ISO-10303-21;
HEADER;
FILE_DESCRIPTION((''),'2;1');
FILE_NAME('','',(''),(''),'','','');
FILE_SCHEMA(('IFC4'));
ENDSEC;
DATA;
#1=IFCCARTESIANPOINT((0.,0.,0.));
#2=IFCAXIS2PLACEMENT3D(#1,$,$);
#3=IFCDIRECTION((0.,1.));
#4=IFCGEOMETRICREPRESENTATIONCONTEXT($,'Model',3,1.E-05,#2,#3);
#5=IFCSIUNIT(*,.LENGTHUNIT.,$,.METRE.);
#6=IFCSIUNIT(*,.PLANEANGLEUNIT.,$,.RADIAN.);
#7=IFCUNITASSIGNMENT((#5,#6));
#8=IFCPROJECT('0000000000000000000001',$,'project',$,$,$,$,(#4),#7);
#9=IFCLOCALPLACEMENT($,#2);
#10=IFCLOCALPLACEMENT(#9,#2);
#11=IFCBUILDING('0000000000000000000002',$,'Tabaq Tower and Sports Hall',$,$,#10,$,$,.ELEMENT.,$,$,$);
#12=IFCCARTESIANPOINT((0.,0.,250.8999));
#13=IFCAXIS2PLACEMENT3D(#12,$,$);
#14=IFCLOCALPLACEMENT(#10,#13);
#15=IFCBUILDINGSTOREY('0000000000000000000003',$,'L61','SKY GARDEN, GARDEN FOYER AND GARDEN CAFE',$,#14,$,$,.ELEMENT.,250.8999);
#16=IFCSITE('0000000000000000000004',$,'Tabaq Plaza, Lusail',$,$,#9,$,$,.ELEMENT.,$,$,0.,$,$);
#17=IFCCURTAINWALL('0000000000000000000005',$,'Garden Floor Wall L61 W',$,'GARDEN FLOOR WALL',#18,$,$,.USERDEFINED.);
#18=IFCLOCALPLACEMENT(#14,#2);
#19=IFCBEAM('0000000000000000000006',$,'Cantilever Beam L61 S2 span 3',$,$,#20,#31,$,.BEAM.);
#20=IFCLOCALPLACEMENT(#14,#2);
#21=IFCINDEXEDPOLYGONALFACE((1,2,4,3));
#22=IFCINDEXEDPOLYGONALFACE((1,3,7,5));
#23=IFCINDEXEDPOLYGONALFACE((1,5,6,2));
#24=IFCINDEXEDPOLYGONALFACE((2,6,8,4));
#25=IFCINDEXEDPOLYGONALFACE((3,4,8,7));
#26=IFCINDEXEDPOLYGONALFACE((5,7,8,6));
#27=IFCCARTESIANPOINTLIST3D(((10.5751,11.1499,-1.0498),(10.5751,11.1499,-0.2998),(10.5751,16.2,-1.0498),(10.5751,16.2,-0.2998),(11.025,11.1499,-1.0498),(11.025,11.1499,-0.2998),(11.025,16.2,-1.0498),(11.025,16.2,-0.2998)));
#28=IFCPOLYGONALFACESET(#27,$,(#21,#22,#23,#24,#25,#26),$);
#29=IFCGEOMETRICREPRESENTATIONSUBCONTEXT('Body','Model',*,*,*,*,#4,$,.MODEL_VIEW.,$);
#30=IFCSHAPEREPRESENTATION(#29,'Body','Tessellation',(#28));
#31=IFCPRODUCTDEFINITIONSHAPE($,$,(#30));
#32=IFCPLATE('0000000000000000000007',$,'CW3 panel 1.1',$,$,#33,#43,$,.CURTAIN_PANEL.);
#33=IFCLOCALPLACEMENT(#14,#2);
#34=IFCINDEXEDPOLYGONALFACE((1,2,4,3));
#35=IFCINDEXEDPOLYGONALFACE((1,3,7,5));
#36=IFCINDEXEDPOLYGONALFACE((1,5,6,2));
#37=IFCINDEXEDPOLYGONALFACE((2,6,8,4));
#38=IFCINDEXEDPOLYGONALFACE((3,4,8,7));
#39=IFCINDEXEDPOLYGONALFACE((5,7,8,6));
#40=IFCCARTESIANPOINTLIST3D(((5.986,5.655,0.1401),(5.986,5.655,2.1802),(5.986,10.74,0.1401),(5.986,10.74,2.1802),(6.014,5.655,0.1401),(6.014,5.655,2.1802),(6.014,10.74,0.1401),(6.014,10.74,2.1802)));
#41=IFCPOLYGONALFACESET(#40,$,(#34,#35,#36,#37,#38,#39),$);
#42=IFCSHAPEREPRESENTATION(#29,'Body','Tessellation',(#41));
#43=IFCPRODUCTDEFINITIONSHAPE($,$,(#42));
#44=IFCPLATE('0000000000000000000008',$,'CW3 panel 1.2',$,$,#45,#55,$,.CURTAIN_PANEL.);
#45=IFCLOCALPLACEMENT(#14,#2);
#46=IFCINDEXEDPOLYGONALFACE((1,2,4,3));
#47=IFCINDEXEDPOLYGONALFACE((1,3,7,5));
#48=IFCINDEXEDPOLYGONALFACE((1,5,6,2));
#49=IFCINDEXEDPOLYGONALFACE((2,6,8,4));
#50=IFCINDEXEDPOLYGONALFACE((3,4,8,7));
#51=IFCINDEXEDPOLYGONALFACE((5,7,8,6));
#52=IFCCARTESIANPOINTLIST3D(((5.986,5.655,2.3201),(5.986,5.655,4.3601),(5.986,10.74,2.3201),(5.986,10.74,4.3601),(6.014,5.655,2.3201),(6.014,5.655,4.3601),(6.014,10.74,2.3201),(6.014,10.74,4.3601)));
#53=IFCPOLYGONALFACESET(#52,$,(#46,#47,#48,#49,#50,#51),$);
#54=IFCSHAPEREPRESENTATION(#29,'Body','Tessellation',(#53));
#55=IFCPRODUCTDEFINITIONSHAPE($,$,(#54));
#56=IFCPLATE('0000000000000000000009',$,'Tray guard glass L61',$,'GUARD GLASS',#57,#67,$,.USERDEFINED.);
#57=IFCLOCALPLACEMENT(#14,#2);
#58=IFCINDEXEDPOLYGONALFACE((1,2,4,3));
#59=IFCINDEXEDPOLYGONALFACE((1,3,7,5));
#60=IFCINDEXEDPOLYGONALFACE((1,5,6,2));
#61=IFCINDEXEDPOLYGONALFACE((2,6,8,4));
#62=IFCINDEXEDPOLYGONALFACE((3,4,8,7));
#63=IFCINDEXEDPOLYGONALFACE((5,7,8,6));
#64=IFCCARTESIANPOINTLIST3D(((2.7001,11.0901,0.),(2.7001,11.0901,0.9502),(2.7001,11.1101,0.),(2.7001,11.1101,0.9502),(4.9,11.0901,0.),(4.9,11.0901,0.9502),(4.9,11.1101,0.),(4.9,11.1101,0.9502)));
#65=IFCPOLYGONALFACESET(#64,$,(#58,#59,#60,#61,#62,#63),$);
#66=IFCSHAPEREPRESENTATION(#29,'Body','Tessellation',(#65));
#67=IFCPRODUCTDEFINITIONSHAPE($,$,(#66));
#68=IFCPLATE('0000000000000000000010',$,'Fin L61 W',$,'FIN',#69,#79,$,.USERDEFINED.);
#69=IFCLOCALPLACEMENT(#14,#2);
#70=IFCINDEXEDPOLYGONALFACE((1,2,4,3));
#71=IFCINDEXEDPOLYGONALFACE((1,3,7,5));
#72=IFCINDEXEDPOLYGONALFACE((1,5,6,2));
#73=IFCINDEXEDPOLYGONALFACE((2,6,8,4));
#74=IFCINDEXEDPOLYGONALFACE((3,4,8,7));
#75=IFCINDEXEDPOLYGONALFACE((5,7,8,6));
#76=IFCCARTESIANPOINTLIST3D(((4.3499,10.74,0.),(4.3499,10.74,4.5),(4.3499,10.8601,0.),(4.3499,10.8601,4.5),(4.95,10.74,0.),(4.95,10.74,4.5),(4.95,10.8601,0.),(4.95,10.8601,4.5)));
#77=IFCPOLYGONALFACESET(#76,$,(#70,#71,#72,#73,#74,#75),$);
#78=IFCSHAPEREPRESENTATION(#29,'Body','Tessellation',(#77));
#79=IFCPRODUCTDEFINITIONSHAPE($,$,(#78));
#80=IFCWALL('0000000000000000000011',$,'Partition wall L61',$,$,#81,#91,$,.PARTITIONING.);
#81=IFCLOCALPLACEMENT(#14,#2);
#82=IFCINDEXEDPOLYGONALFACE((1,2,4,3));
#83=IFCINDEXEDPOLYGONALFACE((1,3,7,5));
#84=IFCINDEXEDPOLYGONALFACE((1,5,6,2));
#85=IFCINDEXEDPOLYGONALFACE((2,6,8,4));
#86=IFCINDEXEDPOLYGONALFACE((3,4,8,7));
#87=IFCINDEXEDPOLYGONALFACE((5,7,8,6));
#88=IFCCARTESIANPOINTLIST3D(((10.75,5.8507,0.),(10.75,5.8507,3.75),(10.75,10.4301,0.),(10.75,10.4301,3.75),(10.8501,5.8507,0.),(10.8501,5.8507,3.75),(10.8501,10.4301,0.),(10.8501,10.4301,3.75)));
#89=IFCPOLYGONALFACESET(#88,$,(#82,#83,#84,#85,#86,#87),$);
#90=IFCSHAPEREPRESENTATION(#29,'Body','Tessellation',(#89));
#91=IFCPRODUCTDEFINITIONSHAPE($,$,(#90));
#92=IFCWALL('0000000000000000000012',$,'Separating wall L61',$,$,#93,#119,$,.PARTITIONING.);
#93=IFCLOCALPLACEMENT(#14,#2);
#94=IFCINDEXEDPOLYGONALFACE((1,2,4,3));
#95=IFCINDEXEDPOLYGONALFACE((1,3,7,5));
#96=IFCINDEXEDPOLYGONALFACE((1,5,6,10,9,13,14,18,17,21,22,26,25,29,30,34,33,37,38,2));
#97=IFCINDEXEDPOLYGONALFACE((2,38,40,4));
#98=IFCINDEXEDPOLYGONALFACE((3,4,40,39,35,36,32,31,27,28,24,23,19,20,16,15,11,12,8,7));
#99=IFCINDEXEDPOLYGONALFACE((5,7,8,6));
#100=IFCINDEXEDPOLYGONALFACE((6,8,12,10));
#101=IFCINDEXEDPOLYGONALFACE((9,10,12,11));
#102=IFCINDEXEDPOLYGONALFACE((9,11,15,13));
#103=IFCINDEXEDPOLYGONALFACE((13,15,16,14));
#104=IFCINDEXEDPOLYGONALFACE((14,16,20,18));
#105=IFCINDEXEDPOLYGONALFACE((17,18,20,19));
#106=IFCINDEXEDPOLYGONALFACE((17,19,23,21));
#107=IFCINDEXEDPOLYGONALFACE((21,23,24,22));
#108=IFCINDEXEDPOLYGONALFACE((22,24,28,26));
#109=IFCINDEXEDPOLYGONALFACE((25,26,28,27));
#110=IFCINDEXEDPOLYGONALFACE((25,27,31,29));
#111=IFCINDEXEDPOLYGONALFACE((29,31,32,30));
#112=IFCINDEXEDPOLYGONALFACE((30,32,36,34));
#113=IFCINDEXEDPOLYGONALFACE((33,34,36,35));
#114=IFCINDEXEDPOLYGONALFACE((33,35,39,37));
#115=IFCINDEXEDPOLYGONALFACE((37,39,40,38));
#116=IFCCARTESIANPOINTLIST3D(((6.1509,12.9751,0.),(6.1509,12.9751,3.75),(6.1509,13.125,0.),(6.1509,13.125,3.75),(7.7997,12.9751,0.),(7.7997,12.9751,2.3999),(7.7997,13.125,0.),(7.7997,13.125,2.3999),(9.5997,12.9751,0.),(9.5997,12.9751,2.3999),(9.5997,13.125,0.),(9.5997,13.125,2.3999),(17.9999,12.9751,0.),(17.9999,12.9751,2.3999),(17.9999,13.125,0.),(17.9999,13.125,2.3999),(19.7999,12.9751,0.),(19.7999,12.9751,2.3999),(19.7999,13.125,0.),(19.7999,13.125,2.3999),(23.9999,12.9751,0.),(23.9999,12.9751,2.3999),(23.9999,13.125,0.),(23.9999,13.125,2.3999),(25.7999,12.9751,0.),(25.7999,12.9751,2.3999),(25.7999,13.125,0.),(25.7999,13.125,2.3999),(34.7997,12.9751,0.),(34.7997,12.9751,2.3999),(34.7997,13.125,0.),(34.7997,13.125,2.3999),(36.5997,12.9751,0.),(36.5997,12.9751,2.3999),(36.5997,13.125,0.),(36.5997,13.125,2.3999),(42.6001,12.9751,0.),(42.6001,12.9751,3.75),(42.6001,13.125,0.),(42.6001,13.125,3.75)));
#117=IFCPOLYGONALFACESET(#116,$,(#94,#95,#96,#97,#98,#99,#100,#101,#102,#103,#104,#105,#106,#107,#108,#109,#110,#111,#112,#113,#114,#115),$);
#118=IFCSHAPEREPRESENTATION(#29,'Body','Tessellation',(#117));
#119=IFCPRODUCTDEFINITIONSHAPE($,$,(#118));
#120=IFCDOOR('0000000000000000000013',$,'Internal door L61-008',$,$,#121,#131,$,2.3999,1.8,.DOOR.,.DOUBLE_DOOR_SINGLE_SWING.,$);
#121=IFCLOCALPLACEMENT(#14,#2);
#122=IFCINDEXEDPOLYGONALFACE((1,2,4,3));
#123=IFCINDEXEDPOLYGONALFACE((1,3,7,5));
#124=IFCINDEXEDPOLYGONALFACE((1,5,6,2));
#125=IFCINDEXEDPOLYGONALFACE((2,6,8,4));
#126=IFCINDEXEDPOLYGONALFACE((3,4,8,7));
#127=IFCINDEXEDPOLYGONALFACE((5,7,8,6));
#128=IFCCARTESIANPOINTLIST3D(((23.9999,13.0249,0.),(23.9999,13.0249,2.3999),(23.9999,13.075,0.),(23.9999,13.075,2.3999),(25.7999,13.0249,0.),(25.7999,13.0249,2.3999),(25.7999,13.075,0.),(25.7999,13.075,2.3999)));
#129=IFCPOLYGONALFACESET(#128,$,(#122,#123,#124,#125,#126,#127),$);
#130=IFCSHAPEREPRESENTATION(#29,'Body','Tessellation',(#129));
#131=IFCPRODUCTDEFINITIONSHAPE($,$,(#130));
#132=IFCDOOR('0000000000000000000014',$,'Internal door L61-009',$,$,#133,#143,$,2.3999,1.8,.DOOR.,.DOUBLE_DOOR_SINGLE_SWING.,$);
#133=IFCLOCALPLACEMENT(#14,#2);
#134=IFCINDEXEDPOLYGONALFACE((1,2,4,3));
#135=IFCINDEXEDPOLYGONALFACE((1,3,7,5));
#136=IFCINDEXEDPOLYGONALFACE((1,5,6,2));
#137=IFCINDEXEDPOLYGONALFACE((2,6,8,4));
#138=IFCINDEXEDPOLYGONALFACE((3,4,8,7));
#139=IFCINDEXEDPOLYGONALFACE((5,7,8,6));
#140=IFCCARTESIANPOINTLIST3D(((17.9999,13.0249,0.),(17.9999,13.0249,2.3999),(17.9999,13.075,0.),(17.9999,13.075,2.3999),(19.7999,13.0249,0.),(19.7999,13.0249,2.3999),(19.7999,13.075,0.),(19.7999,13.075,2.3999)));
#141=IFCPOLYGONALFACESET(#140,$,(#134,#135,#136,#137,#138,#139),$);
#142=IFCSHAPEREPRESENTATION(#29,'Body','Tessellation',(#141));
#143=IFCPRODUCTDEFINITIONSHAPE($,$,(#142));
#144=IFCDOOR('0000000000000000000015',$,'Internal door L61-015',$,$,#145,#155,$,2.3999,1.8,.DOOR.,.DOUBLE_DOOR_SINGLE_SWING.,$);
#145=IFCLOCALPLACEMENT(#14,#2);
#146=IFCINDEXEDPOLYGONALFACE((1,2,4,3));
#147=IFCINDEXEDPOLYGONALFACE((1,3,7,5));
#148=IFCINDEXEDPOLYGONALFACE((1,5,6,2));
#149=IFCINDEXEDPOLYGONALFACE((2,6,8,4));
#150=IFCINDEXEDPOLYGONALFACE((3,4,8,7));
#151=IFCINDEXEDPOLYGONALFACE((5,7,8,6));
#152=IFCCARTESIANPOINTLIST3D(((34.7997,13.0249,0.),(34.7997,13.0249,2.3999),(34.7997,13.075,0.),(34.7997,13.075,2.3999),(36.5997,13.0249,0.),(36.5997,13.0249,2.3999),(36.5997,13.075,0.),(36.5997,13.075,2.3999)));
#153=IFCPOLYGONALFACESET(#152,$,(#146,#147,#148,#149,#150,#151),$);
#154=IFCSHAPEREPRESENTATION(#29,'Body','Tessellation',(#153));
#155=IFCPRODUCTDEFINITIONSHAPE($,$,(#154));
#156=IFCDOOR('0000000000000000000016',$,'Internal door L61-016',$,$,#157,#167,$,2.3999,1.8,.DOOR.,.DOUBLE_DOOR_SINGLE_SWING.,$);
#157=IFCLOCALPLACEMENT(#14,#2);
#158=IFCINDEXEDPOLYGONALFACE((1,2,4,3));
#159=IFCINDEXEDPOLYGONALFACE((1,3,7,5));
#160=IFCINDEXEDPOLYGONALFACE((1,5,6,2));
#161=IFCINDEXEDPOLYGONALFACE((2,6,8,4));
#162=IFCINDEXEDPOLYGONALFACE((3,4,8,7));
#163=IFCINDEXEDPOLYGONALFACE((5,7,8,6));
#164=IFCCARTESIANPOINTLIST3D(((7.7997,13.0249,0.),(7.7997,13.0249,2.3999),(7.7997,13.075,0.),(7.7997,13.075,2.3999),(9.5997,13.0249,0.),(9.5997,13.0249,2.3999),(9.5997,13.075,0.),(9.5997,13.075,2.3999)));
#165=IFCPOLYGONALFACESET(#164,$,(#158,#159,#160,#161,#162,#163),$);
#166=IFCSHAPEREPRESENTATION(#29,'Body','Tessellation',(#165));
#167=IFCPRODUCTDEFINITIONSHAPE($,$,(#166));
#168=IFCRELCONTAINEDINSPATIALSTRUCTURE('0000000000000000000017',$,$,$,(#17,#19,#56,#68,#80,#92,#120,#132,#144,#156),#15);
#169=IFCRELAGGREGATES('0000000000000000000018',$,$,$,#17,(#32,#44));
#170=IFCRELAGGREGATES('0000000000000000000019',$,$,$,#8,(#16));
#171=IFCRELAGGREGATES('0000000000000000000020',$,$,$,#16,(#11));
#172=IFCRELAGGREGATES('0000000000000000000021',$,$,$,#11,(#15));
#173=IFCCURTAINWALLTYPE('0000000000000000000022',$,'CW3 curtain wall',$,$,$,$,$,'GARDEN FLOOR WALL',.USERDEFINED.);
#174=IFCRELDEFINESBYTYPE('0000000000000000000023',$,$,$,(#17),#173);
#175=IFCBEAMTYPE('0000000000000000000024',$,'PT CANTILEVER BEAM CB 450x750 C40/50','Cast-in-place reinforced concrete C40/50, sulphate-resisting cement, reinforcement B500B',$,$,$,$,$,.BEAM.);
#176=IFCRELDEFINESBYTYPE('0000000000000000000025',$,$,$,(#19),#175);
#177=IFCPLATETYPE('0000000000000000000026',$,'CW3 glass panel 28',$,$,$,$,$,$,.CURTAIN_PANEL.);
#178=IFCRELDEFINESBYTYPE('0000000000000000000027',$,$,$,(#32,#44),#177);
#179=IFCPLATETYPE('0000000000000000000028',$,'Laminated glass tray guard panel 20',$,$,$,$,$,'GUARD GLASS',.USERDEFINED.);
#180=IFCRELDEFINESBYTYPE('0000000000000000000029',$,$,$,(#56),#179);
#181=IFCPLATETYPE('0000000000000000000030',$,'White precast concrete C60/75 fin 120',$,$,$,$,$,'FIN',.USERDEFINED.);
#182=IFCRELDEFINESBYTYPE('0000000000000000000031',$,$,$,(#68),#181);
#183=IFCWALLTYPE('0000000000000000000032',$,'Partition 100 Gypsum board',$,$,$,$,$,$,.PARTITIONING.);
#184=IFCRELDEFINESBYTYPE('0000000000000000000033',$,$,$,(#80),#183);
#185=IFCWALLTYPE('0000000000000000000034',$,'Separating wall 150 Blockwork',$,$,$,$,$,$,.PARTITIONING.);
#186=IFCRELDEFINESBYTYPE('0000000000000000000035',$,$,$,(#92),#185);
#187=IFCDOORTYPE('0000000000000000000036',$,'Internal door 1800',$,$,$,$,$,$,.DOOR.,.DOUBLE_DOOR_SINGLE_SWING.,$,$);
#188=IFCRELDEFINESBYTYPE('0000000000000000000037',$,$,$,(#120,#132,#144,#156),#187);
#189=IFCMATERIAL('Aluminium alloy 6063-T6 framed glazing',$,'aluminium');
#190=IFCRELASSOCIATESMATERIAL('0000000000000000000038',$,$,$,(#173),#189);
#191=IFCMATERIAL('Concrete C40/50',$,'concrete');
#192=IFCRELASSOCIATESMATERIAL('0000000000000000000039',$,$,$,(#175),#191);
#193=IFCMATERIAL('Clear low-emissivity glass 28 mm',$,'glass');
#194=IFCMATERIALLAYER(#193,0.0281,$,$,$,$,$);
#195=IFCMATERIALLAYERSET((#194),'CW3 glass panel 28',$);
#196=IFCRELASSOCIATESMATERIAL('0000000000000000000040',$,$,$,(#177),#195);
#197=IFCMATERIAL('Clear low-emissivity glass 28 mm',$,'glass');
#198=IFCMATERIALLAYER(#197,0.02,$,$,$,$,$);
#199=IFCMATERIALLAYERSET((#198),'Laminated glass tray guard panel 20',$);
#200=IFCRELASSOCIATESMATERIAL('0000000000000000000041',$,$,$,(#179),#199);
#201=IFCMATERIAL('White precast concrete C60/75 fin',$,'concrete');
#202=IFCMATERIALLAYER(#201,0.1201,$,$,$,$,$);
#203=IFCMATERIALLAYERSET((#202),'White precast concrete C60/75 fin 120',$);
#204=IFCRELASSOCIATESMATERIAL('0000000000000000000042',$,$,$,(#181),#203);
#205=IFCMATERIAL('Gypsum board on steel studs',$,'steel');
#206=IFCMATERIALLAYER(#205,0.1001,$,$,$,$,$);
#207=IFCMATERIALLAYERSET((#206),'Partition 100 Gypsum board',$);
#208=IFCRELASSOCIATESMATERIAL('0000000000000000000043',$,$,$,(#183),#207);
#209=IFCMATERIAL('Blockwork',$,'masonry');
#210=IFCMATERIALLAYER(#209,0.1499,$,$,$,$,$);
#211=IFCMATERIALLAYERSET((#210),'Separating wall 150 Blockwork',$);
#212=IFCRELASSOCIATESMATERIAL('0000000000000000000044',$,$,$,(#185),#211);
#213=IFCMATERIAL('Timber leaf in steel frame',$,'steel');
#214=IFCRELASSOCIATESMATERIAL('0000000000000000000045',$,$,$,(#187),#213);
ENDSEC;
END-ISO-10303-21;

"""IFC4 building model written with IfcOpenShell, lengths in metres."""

from ifc_helpers import new_model, si_unit, direction, frame, frame_2d, origin, origin_2d, place, context, subcontext, project, spatial, rectangle, extrude, material, layer, layer_set, material_profile, profile_set, type_object, element, fill, aggregate, save


model = new_model("IFC4")

# Units and contexts
model_context = context("Model", 3, precision=1e-05, world=origin(), true_north=direction((0.0, 1.0)))
body_context = subcontext(model_context, "Body", "Model", "MODEL_VIEW")
ifc_project = project(units=[si_unit("LENGTHUNIT", "METRE"), si_unit("PLANEANGLEUNIT", "RADIAN")], contexts=[model_context])

# Site, building, storey
site_placement = place(None, origin())
site = spatial("IfcSite", under=ifc_project, at=site_placement, Name="Tabaq Plaza, Lusail", CompositionType="ELEMENT", RefElevation=0.0)
building_placement = place(site_placement, origin())
building = spatial("IfcBuilding", under=site, at=building_placement, Name="Tabaq Tower and Sports Hall", CompositionType="ELEMENT")
storey_placement = place(building_placement, frame((0.0, 0.0, 250.8999)))
storey = spatial("IfcBuildingStorey", under=building, at=storey_placement, Name="L61", Description="SKY GARDEN, GARDEN FOYER AND GARDEN CAFE", CompositionType="ELEMENT", Elevation=250.8999)

# Curtain wall
ifc_material_1 = material(Name="Aluminium alloy 6063-T6 framed glazing", Category="aluminium")
curtain_wall_type = type_object("IfcCurtainWallType", Name="CW3 curtain wall", ElementType="GARDEN FLOOR WALL", PredefinedType="USERDEFINED", material=ifc_material_1)
curtain_wall_placement = place(storey_placement, origin())
curtain_wall = element("IfcCurtainWall", 1, at=curtain_wall_placement, inside=storey, type_object=curtain_wall_type, Name="Garden Floor Wall L61 W", ObjectType="GARDEN FLOOR WALL", PredefinedType="USERDEFINED")

# Beam
ifc_material_2 = material(Name="Concrete C40/50", Category="concrete")
ifc_material_profile_1 = material_profile(ifc_material_2, rectangle(XDim=0.45, YDim=0.75, at=origin_2d()), Name="CB 450x750")
ifc_profile_set_1 = profile_set([ifc_material_profile_1], Name="Concrete C40/50")
beam_type_1 = type_object("IfcBeamType", Name="PT CANTILEVER BEAM CB 450x750 C40/50", Description="Cast-in-place reinforced concrete C40/50, sulphate-resisting cement, reinforcement B500B", PredefinedType="BEAM", material=ifc_profile_set_1)
beam_1_placement = place(storey_placement, frame((10.8, 11.1499, -0.6748), z_axis=(0.0, 1.0, 0.0), x_axis=(-1.0, 0.0, 0.0)))
element("IfcBeam", 2, at=beam_1_placement, inside=storey, type_object=beam_type_1, Name="Cantilever Beam L61 S2 span 3", PredefinedType="BEAM", context=body_context, shape_type="SweptSolid", body=[
    extrude(rectangle(XDim=0.45, YDim=0.75, at=origin_2d()), origin(), (0.0, 0.0, 1.0), 5.05),
])

# Plates
ifc_material_3 = material(Name="Clear low-emissivity glass 28 mm", Category="glass")
ifc_layer_1 = layer(ifc_material_3, 0.0281)
ifc_layer_set_1 = layer_set([ifc_layer_1], Name="CW3 glass panel 28")
plate_type_1 = type_object("IfcPlateType", Name="CW3 glass panel 28", PredefinedType="CURTAIN_PANEL", material=ifc_layer_set_1)
plate_1_placement = place(storey_placement, frame((6.0, 8.1975, 0.1401), z_axis=(0.0, 0.0, 1.0), x_axis=(0.0, -1.0, 0.0)))
plate_1 = element("IfcPlate", 3, at=plate_1_placement, type_object=plate_type_1, Name="CW3 panel 1.1", PredefinedType="CURTAIN_PANEL", context=body_context, shape_type="SweptSolid", body=[
    extrude(rectangle(XDim=5.085, YDim=0.0281, at=origin_2d()), origin(), (0.0, 0.0, 1.0), 2.04),
])
plate_2_placement = place(storey_placement, frame((6.0, 8.1975, 2.3201), z_axis=(0.0, 0.0, 1.0), x_axis=(0.0, -1.0, 0.0)))
plate_2 = element("IfcPlate", 4, at=plate_2_placement, type_object=plate_type_1, Name="CW3 panel 1.2", PredefinedType="CURTAIN_PANEL", context=body_context, shape_type="SweptSolid", body=[
    extrude(rectangle(XDim=5.085, YDim=0.0281, at=origin_2d()), origin(), (0.0, 0.0, 1.0), 2.04),
])
aggregate(curtain_wall, [plate_1, plate_2])

# Plates
ifc_material_4 = material(Name="Clear low-emissivity glass 28 mm", Category="glass")
ifc_layer_2 = layer(ifc_material_4, 0.02)
ifc_layer_set_2 = layer_set([ifc_layer_2], Name="Laminated glass tray guard panel 20")
plate_type_2 = type_object("IfcPlateType", Name="Laminated glass tray guard panel 20", ElementType="GUARD GLASS", PredefinedType="USERDEFINED", material=ifc_layer_set_2)
plate_3_placement = place(storey_placement, frame((2.7, 11.1001, 0.0), z_axis=(0.0, 0.0, 1.0), x_axis=(1.0, 0.0, 0.0)))
element("IfcPlate", 5, at=plate_3_placement, inside=storey, type_object=plate_type_2, Name="Tray guard glass L61", ObjectType="GUARD GLASS", PredefinedType="USERDEFINED", context=body_context, shape_type="SweptSolid", body=[
    extrude(rectangle(XDim=2.2, YDim=0.02, at=frame_2d((1.1001, 0.0))), origin(), (0.0, 0.0, 1.0), 0.9502),
])
ifc_material_5 = material(Name="White precast concrete C60/75 fin", Category="concrete")
ifc_layer_3 = layer(ifc_material_5, 0.1201)
ifc_layer_set_3 = layer_set([ifc_layer_3], Name="White precast concrete C60/75 fin 120")
plate_type_3 = type_object("IfcPlateType", Name="White precast concrete C60/75 fin 120", ElementType="FIN", PredefinedType="USERDEFINED", material=ifc_layer_set_3)
plate_4_placement = place(storey_placement, frame((4.6499, 10.8, 0.0), z_axis=(0.0, 0.0, 1.0), x_axis=(0.0, -1.0, 0.0)))
element("IfcPlate", 6, at=plate_4_placement, inside=storey, type_object=plate_type_3, Name="Fin L61 W", ObjectType="FIN", PredefinedType="USERDEFINED", context=body_context, shape_type="SweptSolid", body=[
    extrude(rectangle(XDim=0.1201, YDim=0.6001, at=origin_2d()), origin(), (0.0, 0.0, 1.0), 4.5),
])

# Wall
ifc_material_6 = material(Name="Gypsum board on steel studs", Category="steel")
ifc_layer_4 = layer(ifc_material_6, 0.1001)
ifc_layer_set_4 = layer_set([ifc_layer_4], Name="Partition 100 Gypsum board")
wall_type_1 = type_object("IfcWallType", Name="Partition 100 Gypsum board", PredefinedType="PARTITIONING", material=ifc_layer_set_4)
wall_1_placement = place(storey_placement, frame((10.8, 10.4299, 0.0), z_axis=(0.0, 0.0, 1.0), x_axis=(0.0, -1.0, 0.0)))
element("IfcWall", 7, at=wall_1_placement, inside=storey, type_object=wall_type_1, Name="Partition wall L61", PredefinedType="PARTITIONING", context=body_context, shape_type="SweptSolid", body=[
    extrude(rectangle(XDim=4.5793, YDim=0.1001, at=frame_2d((2.2896, 0.0))), origin(), (0.0, 0.0, 1.0), 3.75),
])

# Wall, openings, doors
ifc_material_7 = material(Name="Blockwork", Category="masonry")
ifc_layer_5 = layer(ifc_material_7, 0.1499)
ifc_layer_set_5 = layer_set([ifc_layer_5], Name="Separating wall 150 Blockwork")
wall_type_2 = type_object("IfcWallType", Name="Separating wall 150 Blockwork", PredefinedType="PARTITIONING", material=ifc_layer_set_5)
wall_2_placement = place(storey_placement, frame((6.1509, 13.05, 0.0), z_axis=(0.0, 0.0, 1.0), x_axis=(1.0, 0.0, 0.0)))
wall_2 = element("IfcWall", 8, at=wall_2_placement, inside=storey, type_object=wall_type_2, Name="Separating wall L61", PredefinedType="PARTITIONING", context=body_context, shape_type="SweptSolid", body=[
    extrude(rectangle(XDim=36.4492, YDim=0.1499, at=frame_2d((18.2246, 0.0))), origin(), (0.0, 0.0, 1.0), 3.75),
])
opening_1_placement = place(wall_2_placement, frame((17.8491, 0.0, 0.0)))
opening_1 = element("IfcOpeningElement", 9, at=opening_1_placement, cuts=wall_2, PredefinedType="OPENING", context=body_context, shape_type="SweptSolid", body=[
    extrude(rectangle(XDim=1.8, YDim=2.3999, at=frame_2d((0.8999, 1.2))), frame((0.0, 0.075, 0.0), z_axis=(0.0, -1.0, 0.0), x_axis=(1.0, 0.0, 0.0)), (0.0, 0.0, 1.0), 0.1499),
])
opening_2_placement = place(wall_2_placement, frame((11.8491, 0.0, 0.0)))
opening_2 = element("IfcOpeningElement", 10, at=opening_2_placement, cuts=wall_2, PredefinedType="OPENING", context=body_context, shape_type="SweptSolid", body=[
    extrude(rectangle(XDim=1.8, YDim=2.3999, at=frame_2d((0.8999, 1.2))), frame((0.0, 0.075, 0.0), z_axis=(0.0, -1.0, 0.0), x_axis=(1.0, 0.0, 0.0)), (0.0, 0.0, 1.0), 0.1499),
])
opening_3_placement = place(wall_2_placement, frame((28.6489, 0.0, 0.0)))
opening_3 = element("IfcOpeningElement", 11, at=opening_3_placement, cuts=wall_2, PredefinedType="OPENING", context=body_context, shape_type="SweptSolid", body=[
    extrude(rectangle(XDim=1.8, YDim=2.3999, at=frame_2d((0.8999, 1.2))), frame((0.0, 0.075, 0.0), z_axis=(0.0, -1.0, 0.0), x_axis=(1.0, 0.0, 0.0)), (0.0, 0.0, 1.0), 0.1499),
])
opening_4_placement = place(wall_2_placement, frame((1.6489, 0.0, 0.0)))
opening_4 = element("IfcOpeningElement", 12, at=opening_4_placement, cuts=wall_2, PredefinedType="OPENING", context=body_context, shape_type="SweptSolid", body=[
    extrude(rectangle(XDim=1.8, YDim=2.3999, at=frame_2d((0.8999, 1.2))), frame((0.0, 0.075, 0.0), z_axis=(0.0, -1.0, 0.0), x_axis=(1.0, 0.0, 0.0)), (0.0, 0.0, 1.0), 0.1499),
])
ifc_material_8 = material(Name="Timber leaf in steel frame", Category="steel")
door_type = type_object("IfcDoorType", Name="Internal door 1800", OperationType="DOUBLE_DOOR_SINGLE_SWING", PredefinedType="DOOR", material=ifc_material_8)
door_1_placement = place(opening_1_placement, origin())
door_1 = element("IfcDoor", 13, at=door_1_placement, inside=storey, type_object=door_type, Name="Internal door L61-008", OperationType="DOUBLE_DOOR_SINGLE_SWING", OverallHeight=2.3999, OverallWidth=1.8, PredefinedType="DOOR", context=body_context, shape_type="SweptSolid", body=[
    extrude(rectangle(XDim=1.8, YDim=2.3999, at=frame_2d((0.8999, 1.2))), frame((0.0, 0.0249, 0.0), z_axis=(0.0, -1.0, 0.0), x_axis=(1.0, 0.0, 0.0)), (0.0, 0.0, 1.0), 0.05),
])
fill(opening_1, door_1)
door_2_placement = place(opening_2_placement, origin())
door_2 = element("IfcDoor", 14, at=door_2_placement, inside=storey, type_object=door_type, Name="Internal door L61-009", OperationType="DOUBLE_DOOR_SINGLE_SWING", OverallHeight=2.3999, OverallWidth=1.8, PredefinedType="DOOR", context=body_context, shape_type="SweptSolid", body=[
    extrude(rectangle(XDim=1.8, YDim=2.3999, at=frame_2d((0.8999, 1.2))), frame((0.0, 0.0249, 0.0), z_axis=(0.0, -1.0, 0.0), x_axis=(1.0, 0.0, 0.0)), (0.0, 0.0, 1.0), 0.05),
])
fill(opening_2, door_2)
door_3_placement = place(opening_3_placement, origin())
door_3 = element("IfcDoor", 15, at=door_3_placement, inside=storey, type_object=door_type, Name="Internal door L61-015", OperationType="DOUBLE_DOOR_SINGLE_SWING", OverallHeight=2.3999, OverallWidth=1.8, PredefinedType="DOOR", context=body_context, shape_type="SweptSolid", body=[
    extrude(rectangle(XDim=1.8, YDim=2.3999, at=frame_2d((0.8999, 1.2))), frame((0.0, 0.0249, 0.0), z_axis=(0.0, -1.0, 0.0), x_axis=(1.0, 0.0, 0.0)), (0.0, 0.0, 1.0), 0.05),
])
fill(opening_3, door_3)
door_4_placement = place(opening_4_placement, origin())
door_4 = element("IfcDoor", 16, at=door_4_placement, inside=storey, type_object=door_type, Name="Internal door L61-016", OperationType="DOUBLE_DOOR_SINGLE_SWING", OverallHeight=2.3999, OverallWidth=1.8, PredefinedType="DOOR", context=body_context, shape_type="SweptSolid", body=[
    extrude(rectangle(XDim=1.8, YDim=2.3999, at=frame_2d((0.8999, 1.2))), frame((0.0, 0.0249, 0.0), z_axis=(0.0, -1.0, 0.0), x_axis=(1.0, 0.0, 0.0)), (0.0, 0.0, 1.0), 0.05),
])
fill(opening_4, door_4)

save(model, "model.ifc")
